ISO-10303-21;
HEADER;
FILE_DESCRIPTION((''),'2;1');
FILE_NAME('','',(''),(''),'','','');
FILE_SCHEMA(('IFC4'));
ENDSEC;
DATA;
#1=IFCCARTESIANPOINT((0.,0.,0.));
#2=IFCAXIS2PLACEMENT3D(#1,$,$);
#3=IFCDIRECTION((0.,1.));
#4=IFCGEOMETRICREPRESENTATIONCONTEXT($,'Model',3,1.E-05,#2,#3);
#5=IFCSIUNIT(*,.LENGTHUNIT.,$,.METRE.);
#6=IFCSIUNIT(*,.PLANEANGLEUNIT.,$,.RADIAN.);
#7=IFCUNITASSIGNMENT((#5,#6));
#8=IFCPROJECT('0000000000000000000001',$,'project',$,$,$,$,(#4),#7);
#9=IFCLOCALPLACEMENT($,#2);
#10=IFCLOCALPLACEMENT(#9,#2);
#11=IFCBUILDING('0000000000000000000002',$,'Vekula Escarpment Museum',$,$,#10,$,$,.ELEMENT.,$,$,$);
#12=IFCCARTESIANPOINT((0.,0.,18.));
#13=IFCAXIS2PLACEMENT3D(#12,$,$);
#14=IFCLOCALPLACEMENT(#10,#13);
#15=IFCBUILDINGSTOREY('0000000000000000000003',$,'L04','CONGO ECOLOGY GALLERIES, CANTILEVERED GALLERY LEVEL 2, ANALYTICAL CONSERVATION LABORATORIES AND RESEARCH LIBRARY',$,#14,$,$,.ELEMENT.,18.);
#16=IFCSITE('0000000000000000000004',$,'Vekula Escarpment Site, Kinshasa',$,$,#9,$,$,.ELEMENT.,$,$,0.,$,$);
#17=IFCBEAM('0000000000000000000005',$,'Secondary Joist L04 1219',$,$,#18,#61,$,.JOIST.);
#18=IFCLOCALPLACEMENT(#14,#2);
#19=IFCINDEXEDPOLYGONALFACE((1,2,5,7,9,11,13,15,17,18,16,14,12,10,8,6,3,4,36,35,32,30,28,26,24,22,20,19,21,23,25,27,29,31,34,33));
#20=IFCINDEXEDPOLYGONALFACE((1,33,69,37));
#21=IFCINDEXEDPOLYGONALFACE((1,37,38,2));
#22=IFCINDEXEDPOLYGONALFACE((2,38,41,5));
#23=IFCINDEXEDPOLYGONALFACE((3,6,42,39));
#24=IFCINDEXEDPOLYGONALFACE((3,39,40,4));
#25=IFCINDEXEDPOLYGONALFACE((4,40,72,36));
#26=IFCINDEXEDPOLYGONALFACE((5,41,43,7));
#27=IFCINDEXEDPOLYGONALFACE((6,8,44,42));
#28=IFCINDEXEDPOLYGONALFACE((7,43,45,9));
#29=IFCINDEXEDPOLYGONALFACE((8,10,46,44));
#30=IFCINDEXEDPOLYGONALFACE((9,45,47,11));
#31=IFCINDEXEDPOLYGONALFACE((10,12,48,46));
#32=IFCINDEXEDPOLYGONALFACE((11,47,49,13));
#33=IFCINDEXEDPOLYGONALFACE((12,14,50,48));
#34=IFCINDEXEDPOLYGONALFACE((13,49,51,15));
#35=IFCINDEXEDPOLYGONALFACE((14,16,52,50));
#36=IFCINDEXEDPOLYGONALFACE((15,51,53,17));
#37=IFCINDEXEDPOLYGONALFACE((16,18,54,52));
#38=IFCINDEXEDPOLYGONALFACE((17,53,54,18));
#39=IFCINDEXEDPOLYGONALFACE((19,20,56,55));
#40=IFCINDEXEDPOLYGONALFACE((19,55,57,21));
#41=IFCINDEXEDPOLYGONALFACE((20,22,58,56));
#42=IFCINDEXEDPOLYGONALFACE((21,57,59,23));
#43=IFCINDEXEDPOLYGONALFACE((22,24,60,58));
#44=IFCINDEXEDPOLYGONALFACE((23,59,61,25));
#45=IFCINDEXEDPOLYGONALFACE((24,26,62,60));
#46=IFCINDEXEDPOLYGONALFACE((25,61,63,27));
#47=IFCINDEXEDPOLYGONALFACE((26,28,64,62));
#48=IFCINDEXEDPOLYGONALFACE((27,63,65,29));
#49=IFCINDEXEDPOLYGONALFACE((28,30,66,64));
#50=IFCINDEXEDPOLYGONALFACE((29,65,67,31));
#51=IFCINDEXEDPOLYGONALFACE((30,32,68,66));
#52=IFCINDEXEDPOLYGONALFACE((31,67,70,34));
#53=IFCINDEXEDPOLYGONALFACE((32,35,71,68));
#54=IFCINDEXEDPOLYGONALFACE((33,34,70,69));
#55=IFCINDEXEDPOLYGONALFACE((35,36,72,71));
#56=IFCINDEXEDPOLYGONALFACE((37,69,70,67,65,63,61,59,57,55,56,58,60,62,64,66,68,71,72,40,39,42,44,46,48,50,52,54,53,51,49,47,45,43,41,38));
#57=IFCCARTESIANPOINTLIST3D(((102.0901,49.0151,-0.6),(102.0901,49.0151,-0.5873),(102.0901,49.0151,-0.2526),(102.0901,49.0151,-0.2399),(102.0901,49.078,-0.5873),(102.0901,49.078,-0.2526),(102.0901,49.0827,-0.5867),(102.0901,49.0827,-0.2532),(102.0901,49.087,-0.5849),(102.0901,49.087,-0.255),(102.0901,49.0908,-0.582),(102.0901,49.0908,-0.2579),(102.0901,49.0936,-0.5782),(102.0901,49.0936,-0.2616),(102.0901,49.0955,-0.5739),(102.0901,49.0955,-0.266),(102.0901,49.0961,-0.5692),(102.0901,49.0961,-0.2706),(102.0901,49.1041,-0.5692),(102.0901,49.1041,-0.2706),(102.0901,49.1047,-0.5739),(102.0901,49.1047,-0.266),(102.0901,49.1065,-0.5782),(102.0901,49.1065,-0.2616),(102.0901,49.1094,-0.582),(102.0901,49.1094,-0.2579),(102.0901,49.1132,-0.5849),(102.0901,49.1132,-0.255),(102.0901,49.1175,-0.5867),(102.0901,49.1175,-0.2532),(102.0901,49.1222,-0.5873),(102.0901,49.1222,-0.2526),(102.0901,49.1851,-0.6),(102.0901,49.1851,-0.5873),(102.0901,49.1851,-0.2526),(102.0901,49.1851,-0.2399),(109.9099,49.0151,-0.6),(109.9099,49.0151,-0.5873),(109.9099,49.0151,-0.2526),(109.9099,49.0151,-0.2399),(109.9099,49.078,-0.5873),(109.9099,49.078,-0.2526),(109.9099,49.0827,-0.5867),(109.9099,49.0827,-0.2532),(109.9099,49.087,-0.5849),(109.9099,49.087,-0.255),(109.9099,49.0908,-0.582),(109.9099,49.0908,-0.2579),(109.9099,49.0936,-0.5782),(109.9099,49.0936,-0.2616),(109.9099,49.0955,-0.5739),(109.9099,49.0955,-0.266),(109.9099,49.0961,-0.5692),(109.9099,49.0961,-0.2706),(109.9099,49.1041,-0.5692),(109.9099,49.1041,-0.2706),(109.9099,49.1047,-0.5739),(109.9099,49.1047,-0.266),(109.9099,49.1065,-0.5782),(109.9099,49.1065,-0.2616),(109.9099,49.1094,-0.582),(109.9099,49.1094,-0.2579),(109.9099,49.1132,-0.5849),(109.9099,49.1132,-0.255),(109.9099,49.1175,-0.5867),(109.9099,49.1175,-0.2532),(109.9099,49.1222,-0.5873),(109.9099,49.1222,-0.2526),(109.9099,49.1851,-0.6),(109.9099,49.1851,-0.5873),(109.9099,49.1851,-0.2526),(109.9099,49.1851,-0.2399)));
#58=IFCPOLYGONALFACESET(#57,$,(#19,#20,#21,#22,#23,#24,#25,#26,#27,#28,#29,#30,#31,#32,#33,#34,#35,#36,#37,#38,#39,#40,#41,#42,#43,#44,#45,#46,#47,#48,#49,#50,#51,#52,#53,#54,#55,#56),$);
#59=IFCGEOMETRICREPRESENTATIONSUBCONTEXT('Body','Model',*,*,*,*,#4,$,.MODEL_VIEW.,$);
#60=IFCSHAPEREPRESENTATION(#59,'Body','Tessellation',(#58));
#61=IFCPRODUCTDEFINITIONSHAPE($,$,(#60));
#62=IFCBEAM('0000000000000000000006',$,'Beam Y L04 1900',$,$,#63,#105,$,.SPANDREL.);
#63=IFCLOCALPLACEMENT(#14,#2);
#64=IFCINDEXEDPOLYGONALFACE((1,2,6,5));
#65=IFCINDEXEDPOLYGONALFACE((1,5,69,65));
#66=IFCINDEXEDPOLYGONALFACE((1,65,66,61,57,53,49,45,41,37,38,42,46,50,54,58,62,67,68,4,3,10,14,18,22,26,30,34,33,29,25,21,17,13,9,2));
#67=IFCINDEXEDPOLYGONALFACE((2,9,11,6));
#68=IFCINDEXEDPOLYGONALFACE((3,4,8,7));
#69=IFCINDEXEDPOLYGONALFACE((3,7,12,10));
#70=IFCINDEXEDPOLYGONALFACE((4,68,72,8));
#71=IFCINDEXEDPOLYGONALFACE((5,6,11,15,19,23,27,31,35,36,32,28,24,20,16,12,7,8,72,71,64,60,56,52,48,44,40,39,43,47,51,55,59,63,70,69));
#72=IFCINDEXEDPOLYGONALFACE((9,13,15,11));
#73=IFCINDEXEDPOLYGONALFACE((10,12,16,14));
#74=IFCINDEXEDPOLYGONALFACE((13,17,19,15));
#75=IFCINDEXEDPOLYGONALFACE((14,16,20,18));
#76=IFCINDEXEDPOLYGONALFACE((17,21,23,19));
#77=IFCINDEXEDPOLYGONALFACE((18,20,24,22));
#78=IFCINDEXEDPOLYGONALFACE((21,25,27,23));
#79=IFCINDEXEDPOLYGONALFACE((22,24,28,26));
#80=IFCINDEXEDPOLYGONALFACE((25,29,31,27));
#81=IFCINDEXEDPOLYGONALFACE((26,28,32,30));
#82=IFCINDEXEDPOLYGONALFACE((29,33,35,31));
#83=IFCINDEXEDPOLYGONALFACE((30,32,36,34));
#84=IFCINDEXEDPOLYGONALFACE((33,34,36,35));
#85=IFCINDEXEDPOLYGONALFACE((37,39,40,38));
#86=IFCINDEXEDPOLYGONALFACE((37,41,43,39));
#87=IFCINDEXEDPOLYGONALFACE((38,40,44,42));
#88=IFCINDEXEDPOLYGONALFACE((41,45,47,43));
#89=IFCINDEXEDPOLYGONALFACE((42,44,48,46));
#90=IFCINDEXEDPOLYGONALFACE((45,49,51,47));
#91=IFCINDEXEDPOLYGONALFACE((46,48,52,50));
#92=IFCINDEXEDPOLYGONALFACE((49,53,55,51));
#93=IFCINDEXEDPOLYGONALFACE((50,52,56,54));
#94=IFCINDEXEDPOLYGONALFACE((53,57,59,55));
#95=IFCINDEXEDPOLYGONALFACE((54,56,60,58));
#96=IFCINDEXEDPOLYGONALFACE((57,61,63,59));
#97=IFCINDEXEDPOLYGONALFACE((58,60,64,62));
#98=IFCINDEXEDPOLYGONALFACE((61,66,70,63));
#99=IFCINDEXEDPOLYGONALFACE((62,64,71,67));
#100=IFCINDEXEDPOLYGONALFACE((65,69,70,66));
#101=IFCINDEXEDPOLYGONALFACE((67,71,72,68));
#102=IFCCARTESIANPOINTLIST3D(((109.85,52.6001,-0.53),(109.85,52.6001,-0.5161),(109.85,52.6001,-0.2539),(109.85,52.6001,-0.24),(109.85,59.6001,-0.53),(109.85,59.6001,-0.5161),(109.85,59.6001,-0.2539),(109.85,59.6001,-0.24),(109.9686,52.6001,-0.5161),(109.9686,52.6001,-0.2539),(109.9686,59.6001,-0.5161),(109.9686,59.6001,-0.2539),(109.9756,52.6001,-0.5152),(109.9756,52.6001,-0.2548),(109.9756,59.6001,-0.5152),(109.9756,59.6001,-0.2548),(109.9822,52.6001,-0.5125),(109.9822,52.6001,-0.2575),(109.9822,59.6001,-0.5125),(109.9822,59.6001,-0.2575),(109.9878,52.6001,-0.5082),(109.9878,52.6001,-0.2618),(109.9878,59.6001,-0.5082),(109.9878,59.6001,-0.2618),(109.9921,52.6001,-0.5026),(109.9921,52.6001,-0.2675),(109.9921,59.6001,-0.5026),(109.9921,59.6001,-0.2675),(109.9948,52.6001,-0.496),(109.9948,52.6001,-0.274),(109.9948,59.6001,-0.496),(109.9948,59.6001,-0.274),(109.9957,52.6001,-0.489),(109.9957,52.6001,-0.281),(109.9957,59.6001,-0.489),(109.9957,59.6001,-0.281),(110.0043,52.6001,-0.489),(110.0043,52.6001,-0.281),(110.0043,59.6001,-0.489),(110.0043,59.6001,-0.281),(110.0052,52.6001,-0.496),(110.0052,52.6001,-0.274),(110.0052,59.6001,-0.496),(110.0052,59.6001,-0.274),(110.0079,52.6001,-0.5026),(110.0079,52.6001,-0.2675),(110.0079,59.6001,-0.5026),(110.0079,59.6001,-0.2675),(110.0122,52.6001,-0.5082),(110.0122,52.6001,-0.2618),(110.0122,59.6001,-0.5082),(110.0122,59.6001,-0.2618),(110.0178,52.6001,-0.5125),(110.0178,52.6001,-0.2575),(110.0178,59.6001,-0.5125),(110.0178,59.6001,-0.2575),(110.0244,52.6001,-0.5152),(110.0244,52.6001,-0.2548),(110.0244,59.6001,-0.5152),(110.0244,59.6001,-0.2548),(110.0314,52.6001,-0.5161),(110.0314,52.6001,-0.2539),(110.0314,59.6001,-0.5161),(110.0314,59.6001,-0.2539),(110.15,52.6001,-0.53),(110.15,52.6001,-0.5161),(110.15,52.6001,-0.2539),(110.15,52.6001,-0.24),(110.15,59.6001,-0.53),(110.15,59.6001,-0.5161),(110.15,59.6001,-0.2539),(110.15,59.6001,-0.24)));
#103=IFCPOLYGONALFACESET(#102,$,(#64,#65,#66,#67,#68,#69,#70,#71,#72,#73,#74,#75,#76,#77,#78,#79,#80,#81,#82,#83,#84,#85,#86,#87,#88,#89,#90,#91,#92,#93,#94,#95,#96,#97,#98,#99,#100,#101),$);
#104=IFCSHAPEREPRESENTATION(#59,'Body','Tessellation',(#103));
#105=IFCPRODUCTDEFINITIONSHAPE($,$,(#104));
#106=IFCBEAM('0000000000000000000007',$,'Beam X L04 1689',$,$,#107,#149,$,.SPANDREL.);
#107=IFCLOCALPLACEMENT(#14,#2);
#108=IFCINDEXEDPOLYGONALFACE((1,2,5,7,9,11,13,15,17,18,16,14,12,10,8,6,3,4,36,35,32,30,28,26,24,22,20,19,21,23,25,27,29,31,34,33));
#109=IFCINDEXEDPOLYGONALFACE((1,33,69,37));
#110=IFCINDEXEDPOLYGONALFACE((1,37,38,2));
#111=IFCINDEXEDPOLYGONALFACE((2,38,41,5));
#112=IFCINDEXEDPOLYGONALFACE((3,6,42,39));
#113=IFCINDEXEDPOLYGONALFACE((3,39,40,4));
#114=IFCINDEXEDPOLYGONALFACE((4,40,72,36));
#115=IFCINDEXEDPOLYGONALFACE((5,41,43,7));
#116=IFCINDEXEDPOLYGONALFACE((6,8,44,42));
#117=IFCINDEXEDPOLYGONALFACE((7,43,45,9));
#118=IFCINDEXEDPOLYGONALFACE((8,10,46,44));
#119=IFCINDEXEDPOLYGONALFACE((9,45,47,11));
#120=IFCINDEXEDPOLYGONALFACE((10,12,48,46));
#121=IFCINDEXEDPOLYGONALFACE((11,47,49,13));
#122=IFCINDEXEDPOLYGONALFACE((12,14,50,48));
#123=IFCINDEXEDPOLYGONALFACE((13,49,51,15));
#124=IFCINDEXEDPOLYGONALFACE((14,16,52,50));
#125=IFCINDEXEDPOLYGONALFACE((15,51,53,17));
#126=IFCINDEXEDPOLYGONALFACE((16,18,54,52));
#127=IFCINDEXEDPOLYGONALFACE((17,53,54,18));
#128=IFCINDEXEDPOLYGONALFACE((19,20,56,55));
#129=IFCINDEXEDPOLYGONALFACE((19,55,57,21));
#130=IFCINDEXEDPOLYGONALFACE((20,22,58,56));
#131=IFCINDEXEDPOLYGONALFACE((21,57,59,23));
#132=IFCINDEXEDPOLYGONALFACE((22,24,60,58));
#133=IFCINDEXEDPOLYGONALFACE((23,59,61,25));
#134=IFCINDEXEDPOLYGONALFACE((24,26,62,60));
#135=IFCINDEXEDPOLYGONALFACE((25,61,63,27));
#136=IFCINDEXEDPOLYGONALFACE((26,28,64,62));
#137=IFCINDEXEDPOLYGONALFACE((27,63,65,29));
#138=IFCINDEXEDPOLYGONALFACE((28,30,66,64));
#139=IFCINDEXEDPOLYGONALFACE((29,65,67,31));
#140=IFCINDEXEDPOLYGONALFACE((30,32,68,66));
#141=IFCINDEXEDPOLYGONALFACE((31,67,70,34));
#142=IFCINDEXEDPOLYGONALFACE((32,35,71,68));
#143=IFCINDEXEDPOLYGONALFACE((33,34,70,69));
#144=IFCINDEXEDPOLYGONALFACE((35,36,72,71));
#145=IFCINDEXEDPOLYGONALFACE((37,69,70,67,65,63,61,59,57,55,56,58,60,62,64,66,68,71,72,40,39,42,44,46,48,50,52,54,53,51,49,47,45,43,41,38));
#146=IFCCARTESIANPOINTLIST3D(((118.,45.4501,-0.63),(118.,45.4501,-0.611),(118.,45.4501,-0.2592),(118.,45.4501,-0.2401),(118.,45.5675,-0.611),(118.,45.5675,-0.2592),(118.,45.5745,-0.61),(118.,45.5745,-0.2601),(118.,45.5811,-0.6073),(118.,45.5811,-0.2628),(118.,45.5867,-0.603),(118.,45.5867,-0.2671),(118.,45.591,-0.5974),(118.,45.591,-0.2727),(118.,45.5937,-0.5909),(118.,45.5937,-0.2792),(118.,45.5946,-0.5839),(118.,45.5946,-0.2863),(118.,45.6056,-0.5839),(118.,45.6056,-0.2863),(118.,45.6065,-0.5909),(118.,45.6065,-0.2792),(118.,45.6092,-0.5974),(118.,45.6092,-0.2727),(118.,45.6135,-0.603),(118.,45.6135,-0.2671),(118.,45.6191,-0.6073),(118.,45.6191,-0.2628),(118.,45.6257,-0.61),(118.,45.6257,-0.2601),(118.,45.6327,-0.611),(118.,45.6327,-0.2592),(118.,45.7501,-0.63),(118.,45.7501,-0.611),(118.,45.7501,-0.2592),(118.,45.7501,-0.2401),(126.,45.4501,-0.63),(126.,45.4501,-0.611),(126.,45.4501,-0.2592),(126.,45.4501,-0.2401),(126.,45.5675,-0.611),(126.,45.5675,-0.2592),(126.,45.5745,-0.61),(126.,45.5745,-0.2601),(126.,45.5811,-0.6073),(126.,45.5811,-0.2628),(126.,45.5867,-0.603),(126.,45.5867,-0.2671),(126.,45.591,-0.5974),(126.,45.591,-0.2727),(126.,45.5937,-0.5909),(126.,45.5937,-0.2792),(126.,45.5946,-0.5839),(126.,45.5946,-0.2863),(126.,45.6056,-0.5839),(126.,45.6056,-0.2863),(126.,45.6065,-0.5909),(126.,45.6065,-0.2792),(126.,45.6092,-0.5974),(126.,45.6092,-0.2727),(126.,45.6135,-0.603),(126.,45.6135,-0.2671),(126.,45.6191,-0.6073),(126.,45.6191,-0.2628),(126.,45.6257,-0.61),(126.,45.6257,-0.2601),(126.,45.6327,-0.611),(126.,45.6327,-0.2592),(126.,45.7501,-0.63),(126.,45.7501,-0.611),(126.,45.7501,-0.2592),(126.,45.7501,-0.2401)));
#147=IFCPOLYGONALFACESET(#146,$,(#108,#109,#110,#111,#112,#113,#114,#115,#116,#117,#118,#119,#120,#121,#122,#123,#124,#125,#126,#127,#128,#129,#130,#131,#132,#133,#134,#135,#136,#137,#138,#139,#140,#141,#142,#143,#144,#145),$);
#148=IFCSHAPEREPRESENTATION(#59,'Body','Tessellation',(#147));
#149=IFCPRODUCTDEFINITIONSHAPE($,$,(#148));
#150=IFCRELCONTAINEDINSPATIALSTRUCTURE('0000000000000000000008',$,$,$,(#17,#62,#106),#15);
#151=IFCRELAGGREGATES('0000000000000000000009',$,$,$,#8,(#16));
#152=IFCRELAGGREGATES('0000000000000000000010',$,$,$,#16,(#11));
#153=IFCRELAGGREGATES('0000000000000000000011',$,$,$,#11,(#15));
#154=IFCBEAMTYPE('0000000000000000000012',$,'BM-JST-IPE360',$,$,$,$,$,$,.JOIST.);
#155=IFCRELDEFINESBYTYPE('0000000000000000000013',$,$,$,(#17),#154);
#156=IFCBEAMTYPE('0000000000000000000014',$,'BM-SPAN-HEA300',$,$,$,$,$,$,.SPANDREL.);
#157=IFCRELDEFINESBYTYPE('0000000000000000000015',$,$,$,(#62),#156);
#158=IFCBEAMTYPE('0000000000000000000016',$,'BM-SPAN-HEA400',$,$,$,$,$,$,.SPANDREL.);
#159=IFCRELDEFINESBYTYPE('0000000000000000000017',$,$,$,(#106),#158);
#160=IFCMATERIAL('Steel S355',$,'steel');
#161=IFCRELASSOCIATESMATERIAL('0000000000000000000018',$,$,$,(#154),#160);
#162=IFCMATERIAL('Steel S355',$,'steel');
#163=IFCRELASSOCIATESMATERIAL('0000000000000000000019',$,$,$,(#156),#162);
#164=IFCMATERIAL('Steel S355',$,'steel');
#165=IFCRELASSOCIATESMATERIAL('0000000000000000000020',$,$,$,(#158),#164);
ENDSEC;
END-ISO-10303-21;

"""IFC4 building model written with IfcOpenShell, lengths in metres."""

from ifc_helpers import new_model, si_unit, direction, frame, origin, origin_2d, place, context, subcontext, project, spatial, i_section, extrude, material, material_profile, profile_set, type_object, element, save


model = new_model("IFC4")

# Units and contexts
model_context = context("Model", 3, precision=1e-05, world=origin(), true_north=direction((0.0, 1.0)))
body_context = subcontext(model_context, "Body", "Model", "MODEL_VIEW")
ifc_project = project(units=[si_unit("LENGTHUNIT", "METRE"), si_unit("PLANEANGLEUNIT", "RADIAN")], contexts=[model_context])

# Site, building, storey
site_placement = place(None, origin())
site = spatial("IfcSite", under=ifc_project, at=site_placement, Name="Vekula Escarpment Site, Kinshasa", CompositionType="ELEMENT", RefElevation=0.0)
building_placement = place(site_placement, origin())
building = spatial("IfcBuilding", under=site, at=building_placement, Name="Vekula Escarpment Museum", CompositionType="ELEMENT")
storey_placement = place(building_placement, frame((0.0, 0.0, 18.0)))
storey = spatial("IfcBuildingStorey", under=building, at=storey_placement, Name="L04", Description="CONGO ECOLOGY GALLERIES, CANTILEVERED GALLERY LEVEL 2, ANALYTICAL CONSERVATION LABORATORIES AND RESEARCH LIBRARY", CompositionType="ELEMENT", Elevation=18.0)

# Beams
ifc_material_1 = material(Name="Steel S355", Category="steel")
ifc_material_profile_1 = material_profile(ifc_material_1, i_section(OverallWidth=0.1699, OverallDepth=0.3601, WebThickness=0.0081, FlangeThickness=0.0127, FilletRadius=0.0181, at=origin_2d()), Name="IPE 360")
ifc_profile_set_1 = profile_set([ifc_material_profile_1], Name="Steel S355")
beam_type_1 = type_object("IfcBeamType", Name="BM-JST-IPE360", PredefinedType="JOIST", material=ifc_profile_set_1)
beam_1_placement = place(storey_placement, frame((102.0901, 49.1001, -0.4199), z_axis=(1.0, 0.0, 0.0), x_axis=(0.0, 1.0, 0.0)))
element("IfcBeam", 1, at=beam_1_placement, inside=storey, type_object=beam_type_1, Name="Secondary Joist L04 1219", PredefinedType="JOIST", context=body_context, shape_type="SweptSolid", body=[
    extrude(i_section(OverallWidth=0.1699, OverallDepth=0.3601, WebThickness=0.0081, FlangeThickness=0.0127, FilletRadius=0.0181, at=origin_2d()), origin(), (0.0, 0.0, 1.0), 7.8198),
])
ifc_material_2 = material(Name="Steel S355", Category="steel")
ifc_material_profile_2 = material_profile(ifc_material_2, i_section(OverallWidth=0.3, OverallDepth=0.29, WebThickness=0.0085, FlangeThickness=0.0139, FilletRadius=0.0271, at=origin_2d()), Name="HEA 300")
ifc_profile_set_2 = profile_set([ifc_material_profile_2], Name="Steel S355")
beam_type_2 = type_object("IfcBeamType", Name="BM-SPAN-HEA300", PredefinedType="SPANDREL", material=ifc_profile_set_2)
beam_2_placement = place(storey_placement, frame((110.0, 52.6001, -0.385), z_axis=(0.0, 1.0, 0.0), x_axis=(-1.0, 0.0, 0.0)))
element("IfcBeam", 2, at=beam_2_placement, inside=storey, type_object=beam_type_2, Name="Beam Y L04 1900", PredefinedType="SPANDREL", context=body_context, shape_type="SweptSolid", body=[
    extrude(i_section(OverallWidth=0.3, OverallDepth=0.29, WebThickness=0.0085, FlangeThickness=0.0139, FilletRadius=0.0271, at=origin_2d()), origin(), (0.0, 0.0, 1.0), 7.0),
])
ifc_material_3 = material(Name="Steel S355", Category="steel")
ifc_material_profile_3 = material_profile(ifc_material_3, i_section(OverallWidth=0.3, OverallDepth=0.3899, WebThickness=0.011, FlangeThickness=0.019, FilletRadius=0.0271, at=origin_2d()), Name="HEA 400")
ifc_profile_set_3 = profile_set([ifc_material_profile_3], Name="Steel S355")
beam_type_3 = type_object("IfcBeamType", Name="BM-SPAN-HEA400", PredefinedType="SPANDREL", material=ifc_profile_set_3)
beam_3_placement = place(storey_placement, frame((118.0, 45.6001, -0.4351), z_axis=(1.0, 0.0, 0.0), x_axis=(0.0, 1.0, 0.0)))
element("IfcBeam", 3, at=beam_3_placement, inside=storey, type_object=beam_type_3, Name="Beam X L04 1689", PredefinedType="SPANDREL", context=body_context, shape_type="SweptSolid", body=[
    extrude(i_section(OverallWidth=0.3, OverallDepth=0.3899, WebThickness=0.011, FlangeThickness=0.019, FilletRadius=0.0271, at=origin_2d()), origin(), (0.0, 0.0, 1.0), 8.0),
])

save(model, "model.ifc")
